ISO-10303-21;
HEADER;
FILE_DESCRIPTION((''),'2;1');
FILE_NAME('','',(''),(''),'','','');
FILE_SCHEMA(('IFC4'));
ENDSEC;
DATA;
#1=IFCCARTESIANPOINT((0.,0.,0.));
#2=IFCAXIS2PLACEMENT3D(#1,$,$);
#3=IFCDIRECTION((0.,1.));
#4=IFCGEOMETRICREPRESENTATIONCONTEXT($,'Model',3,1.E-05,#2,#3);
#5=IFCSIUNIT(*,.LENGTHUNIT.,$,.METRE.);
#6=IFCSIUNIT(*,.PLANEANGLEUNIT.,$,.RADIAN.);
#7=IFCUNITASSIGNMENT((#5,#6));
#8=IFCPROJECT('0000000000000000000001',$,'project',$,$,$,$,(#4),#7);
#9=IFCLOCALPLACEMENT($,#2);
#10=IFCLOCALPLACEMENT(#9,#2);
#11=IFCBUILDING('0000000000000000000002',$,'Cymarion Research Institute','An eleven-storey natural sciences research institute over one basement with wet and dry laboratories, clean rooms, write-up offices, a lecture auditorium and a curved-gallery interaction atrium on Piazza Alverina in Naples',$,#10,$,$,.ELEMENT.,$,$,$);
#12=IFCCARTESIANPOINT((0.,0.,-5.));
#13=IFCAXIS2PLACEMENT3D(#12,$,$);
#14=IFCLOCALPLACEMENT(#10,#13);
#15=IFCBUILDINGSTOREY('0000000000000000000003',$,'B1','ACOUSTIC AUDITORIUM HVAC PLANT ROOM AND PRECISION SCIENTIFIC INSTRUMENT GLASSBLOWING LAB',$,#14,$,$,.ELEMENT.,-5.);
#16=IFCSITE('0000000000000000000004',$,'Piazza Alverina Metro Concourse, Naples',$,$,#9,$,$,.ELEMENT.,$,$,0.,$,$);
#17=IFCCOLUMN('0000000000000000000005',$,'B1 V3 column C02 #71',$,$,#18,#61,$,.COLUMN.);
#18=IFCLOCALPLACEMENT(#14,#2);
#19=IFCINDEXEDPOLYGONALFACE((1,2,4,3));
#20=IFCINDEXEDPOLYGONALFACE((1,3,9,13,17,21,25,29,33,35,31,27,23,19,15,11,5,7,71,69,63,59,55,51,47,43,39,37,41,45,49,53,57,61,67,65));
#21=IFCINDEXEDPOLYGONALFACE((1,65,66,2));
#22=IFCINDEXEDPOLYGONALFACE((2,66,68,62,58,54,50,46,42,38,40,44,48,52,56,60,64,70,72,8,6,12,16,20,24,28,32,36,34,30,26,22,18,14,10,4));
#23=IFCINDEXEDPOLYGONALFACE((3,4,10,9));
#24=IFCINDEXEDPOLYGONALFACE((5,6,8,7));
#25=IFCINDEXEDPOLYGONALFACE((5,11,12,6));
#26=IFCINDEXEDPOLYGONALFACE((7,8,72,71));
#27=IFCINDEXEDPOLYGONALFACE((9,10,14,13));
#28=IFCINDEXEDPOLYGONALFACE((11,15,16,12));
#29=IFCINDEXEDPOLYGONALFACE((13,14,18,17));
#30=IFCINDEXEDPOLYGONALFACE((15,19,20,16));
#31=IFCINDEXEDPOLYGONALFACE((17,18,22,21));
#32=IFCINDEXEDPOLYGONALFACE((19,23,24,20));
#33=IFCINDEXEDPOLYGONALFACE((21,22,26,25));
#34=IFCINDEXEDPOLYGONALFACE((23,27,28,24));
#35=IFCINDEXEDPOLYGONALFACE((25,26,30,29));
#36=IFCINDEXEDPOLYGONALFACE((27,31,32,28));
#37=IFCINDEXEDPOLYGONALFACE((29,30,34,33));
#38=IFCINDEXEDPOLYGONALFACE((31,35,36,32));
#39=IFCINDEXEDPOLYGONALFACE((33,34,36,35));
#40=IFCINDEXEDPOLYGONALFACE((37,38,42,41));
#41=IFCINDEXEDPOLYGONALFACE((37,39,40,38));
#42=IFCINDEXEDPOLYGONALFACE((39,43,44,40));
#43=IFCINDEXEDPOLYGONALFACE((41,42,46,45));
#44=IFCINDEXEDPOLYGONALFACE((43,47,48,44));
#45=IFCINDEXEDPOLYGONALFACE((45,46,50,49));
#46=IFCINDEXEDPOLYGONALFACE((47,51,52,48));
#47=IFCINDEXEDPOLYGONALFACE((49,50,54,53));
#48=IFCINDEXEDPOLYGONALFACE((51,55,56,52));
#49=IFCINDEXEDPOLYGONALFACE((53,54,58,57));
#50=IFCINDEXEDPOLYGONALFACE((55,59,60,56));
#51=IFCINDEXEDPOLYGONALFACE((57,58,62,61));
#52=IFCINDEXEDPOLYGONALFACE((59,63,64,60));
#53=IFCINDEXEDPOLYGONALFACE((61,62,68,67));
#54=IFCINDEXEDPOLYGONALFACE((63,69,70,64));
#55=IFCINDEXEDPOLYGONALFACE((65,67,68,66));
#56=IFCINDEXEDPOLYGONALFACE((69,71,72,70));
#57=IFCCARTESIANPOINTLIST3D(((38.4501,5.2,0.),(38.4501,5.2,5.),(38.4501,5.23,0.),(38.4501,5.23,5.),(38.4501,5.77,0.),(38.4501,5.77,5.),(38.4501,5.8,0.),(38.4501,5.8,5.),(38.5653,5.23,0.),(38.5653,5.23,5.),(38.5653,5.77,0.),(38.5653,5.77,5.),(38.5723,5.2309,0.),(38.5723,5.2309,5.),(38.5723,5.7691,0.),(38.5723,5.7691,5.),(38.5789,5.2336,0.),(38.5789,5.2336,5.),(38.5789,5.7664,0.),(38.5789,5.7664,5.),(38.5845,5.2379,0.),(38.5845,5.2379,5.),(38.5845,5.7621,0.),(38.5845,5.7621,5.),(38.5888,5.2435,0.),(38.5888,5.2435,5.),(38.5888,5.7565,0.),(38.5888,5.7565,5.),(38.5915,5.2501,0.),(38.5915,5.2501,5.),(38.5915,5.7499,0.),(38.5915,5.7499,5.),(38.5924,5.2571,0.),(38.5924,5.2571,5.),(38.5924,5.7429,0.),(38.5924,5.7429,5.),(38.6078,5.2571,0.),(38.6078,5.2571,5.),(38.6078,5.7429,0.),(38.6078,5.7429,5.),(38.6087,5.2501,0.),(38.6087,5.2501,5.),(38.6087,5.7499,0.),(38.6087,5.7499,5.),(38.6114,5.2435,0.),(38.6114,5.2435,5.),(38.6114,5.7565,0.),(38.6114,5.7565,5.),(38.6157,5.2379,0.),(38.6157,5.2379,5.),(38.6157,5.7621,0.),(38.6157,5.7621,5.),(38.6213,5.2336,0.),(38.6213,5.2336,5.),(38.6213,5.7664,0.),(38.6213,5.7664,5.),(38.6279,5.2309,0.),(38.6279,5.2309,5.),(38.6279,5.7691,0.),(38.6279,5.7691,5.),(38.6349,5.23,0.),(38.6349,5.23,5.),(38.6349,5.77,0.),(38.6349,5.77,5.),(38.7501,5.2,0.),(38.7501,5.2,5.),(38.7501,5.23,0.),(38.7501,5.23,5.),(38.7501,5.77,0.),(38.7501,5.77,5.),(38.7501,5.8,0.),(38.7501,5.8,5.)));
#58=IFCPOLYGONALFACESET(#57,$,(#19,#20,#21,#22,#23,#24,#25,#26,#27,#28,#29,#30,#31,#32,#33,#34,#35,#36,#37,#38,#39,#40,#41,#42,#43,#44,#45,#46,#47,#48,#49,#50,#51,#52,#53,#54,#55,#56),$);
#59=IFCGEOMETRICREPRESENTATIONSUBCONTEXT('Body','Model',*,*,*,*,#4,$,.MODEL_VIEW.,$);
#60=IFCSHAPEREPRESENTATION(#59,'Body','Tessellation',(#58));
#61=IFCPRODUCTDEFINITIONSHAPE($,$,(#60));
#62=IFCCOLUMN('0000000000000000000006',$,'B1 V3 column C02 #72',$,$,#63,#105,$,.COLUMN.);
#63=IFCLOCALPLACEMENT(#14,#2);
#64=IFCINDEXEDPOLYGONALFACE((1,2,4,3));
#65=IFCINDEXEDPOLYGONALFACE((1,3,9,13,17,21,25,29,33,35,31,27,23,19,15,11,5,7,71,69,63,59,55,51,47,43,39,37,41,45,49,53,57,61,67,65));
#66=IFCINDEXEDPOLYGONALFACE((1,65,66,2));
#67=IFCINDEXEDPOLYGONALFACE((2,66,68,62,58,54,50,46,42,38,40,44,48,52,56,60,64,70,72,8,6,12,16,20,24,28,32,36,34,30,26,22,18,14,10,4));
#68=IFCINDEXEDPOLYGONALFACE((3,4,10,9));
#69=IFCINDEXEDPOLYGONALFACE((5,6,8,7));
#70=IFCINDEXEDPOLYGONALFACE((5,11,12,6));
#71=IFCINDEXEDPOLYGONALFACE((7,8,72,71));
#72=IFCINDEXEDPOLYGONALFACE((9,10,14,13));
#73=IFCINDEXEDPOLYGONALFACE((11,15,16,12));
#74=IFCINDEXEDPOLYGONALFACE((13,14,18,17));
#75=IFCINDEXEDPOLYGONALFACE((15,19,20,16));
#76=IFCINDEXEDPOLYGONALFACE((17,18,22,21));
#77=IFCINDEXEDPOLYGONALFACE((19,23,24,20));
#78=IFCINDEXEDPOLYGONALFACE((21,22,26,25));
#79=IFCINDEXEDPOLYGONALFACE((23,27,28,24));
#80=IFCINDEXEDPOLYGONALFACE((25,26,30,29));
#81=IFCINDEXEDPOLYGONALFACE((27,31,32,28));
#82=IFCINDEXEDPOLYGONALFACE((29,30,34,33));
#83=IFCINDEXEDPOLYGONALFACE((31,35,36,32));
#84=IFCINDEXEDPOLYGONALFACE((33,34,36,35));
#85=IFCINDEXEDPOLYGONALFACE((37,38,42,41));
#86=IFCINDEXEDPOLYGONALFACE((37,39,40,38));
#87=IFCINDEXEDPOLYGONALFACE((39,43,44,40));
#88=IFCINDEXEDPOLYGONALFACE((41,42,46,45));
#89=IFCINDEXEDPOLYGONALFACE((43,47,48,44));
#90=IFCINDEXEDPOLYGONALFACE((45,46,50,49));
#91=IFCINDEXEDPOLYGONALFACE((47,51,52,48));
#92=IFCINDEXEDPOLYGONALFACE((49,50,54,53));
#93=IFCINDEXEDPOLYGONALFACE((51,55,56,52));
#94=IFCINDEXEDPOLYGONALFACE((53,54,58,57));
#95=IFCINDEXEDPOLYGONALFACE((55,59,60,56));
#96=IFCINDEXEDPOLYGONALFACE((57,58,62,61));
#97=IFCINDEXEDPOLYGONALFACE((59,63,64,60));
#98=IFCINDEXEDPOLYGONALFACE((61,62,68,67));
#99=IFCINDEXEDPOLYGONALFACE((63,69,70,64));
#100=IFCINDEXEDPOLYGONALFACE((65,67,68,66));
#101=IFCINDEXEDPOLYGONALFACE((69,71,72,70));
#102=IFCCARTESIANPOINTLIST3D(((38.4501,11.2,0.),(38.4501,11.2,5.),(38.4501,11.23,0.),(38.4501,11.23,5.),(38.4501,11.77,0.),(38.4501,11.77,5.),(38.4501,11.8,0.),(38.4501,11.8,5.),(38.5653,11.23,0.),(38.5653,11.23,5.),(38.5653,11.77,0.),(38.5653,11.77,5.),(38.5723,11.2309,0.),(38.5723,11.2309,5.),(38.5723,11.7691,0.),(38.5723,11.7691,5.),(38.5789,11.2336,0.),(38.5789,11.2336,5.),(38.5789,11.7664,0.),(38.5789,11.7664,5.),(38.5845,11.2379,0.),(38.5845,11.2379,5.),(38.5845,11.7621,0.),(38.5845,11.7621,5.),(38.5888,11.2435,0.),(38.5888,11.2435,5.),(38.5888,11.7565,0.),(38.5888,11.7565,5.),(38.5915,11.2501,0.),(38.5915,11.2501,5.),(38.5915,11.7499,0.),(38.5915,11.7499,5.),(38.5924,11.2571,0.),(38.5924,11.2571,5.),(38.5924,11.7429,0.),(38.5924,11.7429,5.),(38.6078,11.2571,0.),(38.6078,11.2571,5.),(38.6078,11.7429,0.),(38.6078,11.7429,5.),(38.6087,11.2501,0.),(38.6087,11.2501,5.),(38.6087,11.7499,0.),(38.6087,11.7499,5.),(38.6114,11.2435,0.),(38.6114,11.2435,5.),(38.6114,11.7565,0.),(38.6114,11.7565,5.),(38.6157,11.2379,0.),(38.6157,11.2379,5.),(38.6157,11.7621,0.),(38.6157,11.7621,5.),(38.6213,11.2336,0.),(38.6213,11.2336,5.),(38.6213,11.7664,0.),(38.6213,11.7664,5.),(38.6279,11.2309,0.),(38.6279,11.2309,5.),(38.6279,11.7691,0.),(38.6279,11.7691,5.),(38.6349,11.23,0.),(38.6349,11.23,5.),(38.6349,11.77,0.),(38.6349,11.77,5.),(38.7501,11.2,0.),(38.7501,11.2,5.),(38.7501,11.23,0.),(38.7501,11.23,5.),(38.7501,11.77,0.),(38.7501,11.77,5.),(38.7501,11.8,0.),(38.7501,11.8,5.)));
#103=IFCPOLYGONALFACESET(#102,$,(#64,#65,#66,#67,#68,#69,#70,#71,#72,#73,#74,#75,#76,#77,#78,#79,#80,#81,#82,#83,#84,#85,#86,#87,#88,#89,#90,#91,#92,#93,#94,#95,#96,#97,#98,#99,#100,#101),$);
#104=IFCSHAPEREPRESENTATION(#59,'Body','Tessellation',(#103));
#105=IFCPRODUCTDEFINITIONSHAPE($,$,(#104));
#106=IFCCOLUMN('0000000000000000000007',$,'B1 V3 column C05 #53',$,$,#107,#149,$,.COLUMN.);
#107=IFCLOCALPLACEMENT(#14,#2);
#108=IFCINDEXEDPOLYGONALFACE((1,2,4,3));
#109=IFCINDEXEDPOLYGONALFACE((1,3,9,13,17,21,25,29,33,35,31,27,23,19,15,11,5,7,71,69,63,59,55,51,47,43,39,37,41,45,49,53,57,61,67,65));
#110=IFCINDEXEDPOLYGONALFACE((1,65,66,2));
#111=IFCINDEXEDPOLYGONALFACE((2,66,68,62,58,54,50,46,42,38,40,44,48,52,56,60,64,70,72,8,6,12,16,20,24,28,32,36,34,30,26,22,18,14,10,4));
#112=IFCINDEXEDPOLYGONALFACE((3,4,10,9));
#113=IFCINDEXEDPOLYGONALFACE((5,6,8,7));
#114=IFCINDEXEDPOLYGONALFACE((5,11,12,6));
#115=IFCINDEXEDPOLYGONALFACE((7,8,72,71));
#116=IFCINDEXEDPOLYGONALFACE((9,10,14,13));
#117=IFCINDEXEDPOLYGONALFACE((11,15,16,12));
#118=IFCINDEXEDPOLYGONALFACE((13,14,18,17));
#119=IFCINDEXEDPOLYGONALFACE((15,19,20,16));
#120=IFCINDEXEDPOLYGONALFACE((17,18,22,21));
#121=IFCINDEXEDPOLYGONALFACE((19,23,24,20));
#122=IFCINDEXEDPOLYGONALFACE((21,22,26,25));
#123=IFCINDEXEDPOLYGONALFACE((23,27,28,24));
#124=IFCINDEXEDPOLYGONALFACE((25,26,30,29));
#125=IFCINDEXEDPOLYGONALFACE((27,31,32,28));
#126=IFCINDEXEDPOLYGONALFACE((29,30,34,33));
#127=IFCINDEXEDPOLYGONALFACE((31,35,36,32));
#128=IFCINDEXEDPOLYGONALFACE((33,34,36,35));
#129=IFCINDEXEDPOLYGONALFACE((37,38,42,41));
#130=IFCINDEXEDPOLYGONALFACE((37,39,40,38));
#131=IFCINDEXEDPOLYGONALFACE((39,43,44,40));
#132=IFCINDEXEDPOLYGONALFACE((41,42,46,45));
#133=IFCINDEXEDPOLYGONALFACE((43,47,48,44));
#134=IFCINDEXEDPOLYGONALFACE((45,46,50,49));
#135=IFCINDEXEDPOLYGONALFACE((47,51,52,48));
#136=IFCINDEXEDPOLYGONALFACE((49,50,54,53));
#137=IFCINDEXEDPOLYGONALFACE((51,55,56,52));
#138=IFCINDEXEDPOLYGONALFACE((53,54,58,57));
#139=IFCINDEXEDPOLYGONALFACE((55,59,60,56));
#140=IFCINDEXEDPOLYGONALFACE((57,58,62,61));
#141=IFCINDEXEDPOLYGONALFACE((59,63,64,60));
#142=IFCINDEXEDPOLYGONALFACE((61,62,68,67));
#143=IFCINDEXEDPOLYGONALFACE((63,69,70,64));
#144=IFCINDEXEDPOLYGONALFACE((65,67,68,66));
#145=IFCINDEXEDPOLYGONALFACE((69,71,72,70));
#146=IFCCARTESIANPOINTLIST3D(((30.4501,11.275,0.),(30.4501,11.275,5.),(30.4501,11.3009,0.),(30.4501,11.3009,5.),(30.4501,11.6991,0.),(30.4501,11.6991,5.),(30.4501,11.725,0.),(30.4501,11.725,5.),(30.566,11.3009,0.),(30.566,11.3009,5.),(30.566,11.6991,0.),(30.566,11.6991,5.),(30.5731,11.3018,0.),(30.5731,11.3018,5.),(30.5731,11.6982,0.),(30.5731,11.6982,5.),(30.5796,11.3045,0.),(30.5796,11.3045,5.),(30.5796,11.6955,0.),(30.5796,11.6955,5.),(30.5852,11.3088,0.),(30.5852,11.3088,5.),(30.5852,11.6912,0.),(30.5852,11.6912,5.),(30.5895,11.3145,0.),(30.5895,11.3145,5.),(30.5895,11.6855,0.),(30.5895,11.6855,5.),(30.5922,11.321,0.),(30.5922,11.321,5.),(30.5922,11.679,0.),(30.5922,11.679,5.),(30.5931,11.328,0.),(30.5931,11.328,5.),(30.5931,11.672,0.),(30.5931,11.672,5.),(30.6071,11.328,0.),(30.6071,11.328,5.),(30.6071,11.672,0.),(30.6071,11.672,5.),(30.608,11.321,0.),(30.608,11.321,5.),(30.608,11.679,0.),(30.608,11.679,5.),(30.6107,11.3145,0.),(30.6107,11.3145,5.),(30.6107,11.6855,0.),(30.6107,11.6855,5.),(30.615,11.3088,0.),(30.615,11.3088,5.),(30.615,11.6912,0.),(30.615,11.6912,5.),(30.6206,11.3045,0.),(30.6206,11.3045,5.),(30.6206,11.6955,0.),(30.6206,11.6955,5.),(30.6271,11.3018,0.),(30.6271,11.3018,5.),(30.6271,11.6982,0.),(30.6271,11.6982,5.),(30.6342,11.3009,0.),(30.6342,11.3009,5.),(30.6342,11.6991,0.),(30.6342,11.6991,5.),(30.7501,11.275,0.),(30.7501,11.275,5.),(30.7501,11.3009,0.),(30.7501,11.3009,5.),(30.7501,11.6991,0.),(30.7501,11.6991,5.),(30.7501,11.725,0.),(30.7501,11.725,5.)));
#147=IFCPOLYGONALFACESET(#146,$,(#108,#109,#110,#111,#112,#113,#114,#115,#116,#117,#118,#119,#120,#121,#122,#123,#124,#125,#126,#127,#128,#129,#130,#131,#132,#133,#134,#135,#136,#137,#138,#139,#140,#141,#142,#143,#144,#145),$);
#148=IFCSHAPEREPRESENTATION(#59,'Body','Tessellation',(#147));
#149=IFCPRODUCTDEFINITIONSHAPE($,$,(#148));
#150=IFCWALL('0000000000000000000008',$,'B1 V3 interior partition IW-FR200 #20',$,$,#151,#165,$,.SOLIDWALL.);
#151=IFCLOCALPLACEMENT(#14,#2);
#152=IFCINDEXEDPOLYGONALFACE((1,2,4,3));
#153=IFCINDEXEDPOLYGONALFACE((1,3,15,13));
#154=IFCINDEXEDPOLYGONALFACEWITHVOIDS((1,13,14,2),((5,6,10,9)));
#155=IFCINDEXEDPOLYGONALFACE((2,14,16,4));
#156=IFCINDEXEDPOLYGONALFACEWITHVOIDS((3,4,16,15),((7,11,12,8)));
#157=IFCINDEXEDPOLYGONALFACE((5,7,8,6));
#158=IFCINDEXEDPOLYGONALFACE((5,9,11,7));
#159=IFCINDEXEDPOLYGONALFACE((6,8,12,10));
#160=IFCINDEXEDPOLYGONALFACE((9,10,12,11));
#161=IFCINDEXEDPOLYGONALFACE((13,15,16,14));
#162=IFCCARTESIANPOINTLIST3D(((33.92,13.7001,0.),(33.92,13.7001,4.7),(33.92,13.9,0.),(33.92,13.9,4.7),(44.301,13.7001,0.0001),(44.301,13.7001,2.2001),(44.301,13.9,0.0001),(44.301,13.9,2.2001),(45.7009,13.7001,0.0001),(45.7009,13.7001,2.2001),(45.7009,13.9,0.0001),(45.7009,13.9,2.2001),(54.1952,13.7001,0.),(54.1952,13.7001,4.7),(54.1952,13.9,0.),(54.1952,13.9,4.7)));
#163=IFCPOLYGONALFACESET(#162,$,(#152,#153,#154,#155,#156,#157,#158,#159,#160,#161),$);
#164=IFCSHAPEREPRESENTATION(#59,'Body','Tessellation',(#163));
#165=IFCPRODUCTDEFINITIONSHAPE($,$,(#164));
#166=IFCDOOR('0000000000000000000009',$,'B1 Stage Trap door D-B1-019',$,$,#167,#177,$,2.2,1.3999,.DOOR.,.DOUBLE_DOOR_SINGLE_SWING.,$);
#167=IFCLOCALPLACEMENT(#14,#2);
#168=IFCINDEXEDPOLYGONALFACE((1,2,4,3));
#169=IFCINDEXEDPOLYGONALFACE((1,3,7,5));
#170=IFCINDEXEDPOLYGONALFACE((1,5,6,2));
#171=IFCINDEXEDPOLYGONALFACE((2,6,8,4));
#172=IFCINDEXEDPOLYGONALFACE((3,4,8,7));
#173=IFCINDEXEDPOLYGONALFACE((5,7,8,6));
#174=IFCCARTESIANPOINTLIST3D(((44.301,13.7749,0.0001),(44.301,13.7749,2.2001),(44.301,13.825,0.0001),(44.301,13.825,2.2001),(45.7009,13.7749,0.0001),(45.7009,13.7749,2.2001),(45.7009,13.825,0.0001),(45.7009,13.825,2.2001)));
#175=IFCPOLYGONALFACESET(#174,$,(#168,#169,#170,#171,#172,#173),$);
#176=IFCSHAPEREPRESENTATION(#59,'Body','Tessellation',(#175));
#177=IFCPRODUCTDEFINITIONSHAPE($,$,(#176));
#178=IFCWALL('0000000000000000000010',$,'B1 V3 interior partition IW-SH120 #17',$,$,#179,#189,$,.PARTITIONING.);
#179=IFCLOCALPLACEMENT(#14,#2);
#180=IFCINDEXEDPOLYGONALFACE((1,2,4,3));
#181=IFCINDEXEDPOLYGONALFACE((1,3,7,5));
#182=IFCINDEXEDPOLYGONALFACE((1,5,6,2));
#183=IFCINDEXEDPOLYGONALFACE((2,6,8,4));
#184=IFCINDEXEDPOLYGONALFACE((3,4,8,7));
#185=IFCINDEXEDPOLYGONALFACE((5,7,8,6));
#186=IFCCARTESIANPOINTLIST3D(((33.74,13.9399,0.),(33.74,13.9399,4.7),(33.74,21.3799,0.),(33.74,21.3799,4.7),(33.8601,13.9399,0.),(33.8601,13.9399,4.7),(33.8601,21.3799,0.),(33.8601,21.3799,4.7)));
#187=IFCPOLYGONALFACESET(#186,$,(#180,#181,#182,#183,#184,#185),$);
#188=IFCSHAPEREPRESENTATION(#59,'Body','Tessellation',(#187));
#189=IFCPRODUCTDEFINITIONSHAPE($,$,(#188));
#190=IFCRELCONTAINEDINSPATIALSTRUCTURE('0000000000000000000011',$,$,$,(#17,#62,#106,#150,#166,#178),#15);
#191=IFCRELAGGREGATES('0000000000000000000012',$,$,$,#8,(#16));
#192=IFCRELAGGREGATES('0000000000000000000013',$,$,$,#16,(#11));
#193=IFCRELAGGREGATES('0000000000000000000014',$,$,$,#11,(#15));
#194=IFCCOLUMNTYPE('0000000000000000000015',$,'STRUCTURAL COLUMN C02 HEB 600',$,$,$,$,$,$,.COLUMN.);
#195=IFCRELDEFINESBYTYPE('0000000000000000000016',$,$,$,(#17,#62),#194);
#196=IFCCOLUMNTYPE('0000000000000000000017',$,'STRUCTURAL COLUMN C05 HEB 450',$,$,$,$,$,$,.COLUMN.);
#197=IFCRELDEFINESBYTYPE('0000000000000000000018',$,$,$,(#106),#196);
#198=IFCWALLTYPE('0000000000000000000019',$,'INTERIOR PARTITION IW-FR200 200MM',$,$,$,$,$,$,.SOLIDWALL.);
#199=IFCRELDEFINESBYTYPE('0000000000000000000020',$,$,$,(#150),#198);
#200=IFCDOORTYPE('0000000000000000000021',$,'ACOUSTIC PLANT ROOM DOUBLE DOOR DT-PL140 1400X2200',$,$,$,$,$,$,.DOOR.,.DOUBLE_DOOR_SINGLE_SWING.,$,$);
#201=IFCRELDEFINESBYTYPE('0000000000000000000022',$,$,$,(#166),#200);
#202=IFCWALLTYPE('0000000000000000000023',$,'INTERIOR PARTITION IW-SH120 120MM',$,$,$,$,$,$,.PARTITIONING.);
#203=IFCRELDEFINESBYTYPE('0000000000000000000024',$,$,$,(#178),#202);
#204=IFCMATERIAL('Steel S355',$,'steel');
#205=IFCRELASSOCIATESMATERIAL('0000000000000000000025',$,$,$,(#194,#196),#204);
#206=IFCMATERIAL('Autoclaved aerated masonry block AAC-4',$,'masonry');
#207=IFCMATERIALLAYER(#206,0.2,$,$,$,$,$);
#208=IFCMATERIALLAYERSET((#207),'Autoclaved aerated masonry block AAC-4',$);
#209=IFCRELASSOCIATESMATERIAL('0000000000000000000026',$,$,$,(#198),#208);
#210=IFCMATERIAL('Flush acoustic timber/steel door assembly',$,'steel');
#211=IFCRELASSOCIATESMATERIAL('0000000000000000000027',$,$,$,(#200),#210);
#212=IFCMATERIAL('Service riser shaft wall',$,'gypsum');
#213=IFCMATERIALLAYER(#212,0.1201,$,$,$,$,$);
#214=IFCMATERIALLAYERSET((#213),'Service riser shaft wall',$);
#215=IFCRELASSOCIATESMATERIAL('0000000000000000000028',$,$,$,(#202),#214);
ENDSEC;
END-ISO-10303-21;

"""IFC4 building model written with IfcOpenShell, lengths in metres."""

from ifc_helpers import new_model, si_unit, direction, frame, frame_2d, origin, origin_2d, place, context, subcontext, project, spatial, rectangle, i_section, extrude, material, layer, layer_set, material_profile, profile_set, type_object, element, fill, save


model = new_model("IFC4")

# Units and contexts
model_context = context("Model", 3, precision=1e-05, world=origin(), true_north=direction((0.0, 1.0)))
body_context = subcontext(model_context, "Body", "Model", "MODEL_VIEW")
ifc_project = project(units=[si_unit("LENGTHUNIT", "METRE"), si_unit("PLANEANGLEUNIT", "RADIAN")], contexts=[model_context])

# Site, building, storey
site_placement = place(None, origin())
site = spatial("IfcSite", under=ifc_project, at=site_placement, Name="Piazza Alverina Metro Concourse, Naples", CompositionType="ELEMENT", RefElevation=0.0)
building_placement = place(site_placement, origin())
building = spatial("IfcBuilding", under=site, at=building_placement, Name="Cymarion Research Institute", Description="An eleven-storey natural sciences research institute over one basement with wet and dry laboratories, clean rooms, write-up offices, a lecture auditorium and a curved-gallery interaction atrium on Piazza Alverina in Naples", CompositionType="ELEMENT")
storey_placement = place(building_placement, frame((0.0, 0.0, -5.0)))
storey = spatial("IfcBuildingStorey", under=building, at=storey_placement, Name="B1", Description="ACOUSTIC AUDITORIUM HVAC PLANT ROOM AND PRECISION SCIENTIFIC INSTRUMENT GLASSBLOWING LAB", CompositionType="ELEMENT", Elevation=-5.0)

# Columns
ifc_material_1 = material(Name="Steel S355", Category="steel")
ifc_material_profile_1 = material_profile(ifc_material_1, i_section(OverallWidth=0.3, OverallDepth=0.6001, WebThickness=0.0154, FlangeThickness=0.03, FilletRadius=0.0271, at=origin_2d()), Name="HEB 600")
ifc_profile_set_1 = profile_set([ifc_material_profile_1], Name="Steel S355")
column_type_1 = type_object("IfcColumnType", Name="STRUCTURAL COLUMN C02 HEB 600", PredefinedType="COLUMN", material=ifc_profile_set_1)
for number, where, z_axis, x_axis, name in (
    (1, (38.6001, 5.5, 0.0), (0.0, 0.0, 1.0), (1.0, 0.0, 0.0), "B1 V3 column C02 #71"),
    (2, (38.6001, 11.5, 0.0), (0.0, 0.0, 1.0), (1.0, 0.0, 0.0), "B1 V3 column C02 #72"),
):
    element("IfcColumn", number, at=place(storey_placement, frame(where, z_axis=z_axis, x_axis=x_axis)), inside=storey, type_object=column_type_1, Name=name, PredefinedType="COLUMN", context=body_context, shape_type="SweptSolid", body=[
        extrude(i_section(OverallWidth=0.3, OverallDepth=0.6001, WebThickness=0.0154, FlangeThickness=0.03, FilletRadius=0.0271, at=origin_2d()), origin(), (0.0, 0.0, 1.0), 5.0),
    ])
ifc_material_profile_2 = material_profile(ifc_material_1, i_section(OverallWidth=0.3, OverallDepth=0.45, WebThickness=0.0139, FlangeThickness=0.0259, FilletRadius=0.0271, at=origin_2d()), Name="HEB 450")
ifc_profile_set_2 = profile_set([ifc_material_profile_2], Name="Steel S355")
column_type_2 = type_object("IfcColumnType", Name="STRUCTURAL COLUMN C05 HEB 450", PredefinedType="COLUMN", material=ifc_profile_set_2)
column_placement = place(storey_placement, frame((30.6001, 11.5, 0.0), z_axis=(0.0, 0.0, 1.0), x_axis=(1.0, 0.0, 0.0)))
element("IfcColumn", 3, at=column_placement, inside=storey, type_object=column_type_2, Name="B1 V3 column C05 #53", PredefinedType="COLUMN", context=body_context, shape_type="SweptSolid", body=[
    extrude(i_section(OverallWidth=0.3, OverallDepth=0.45, WebThickness=0.0139, FlangeThickness=0.0259, FilletRadius=0.0271, at=origin_2d()), origin(), (0.0, 0.0, 1.0), 5.0),
])

# Wall, opening, door
ifc_material_2 = material(Name="Autoclaved aerated masonry block AAC-4", Category="masonry")
ifc_layer_1 = layer(ifc_material_2, 0.2)
ifc_layer_set_1 = layer_set([ifc_layer_1], Name="Autoclaved aerated masonry block AAC-4")
wall_type_1 = type_object("IfcWallType", Name="INTERIOR PARTITION IW-FR200 200MM", PredefinedType="SOLIDWALL", material=ifc_layer_set_1)
wall_1_placement = place(storey_placement, frame((33.9199, 13.8, 0.0), z_axis=(0.0, 0.0, 1.0), x_axis=(1.0, 0.0, 0.0)))
wall_1 = element("IfcWall", 4, at=wall_1_placement, inside=storey, type_object=wall_type_1, Name="B1 V3 interior partition IW-FR200 #20", PredefinedType="SOLIDWALL", context=body_context, shape_type="SweptSolid", body=[
    extrude(rectangle(XDim=20.2751, YDim=0.2, at=frame_2d((10.1377, 0.0))), origin(), (0.0, 0.0, 1.0), 4.7),
])
opening_placement = place(wall_1_placement, frame((10.3811, 0.0, 0.0)))
opening = element("IfcOpeningElement", 5, at=opening_placement, cuts=wall_1, PredefinedType="OPENING", context=body_context, shape_type="SweptSolid", body=[
    extrude(rectangle(XDim=1.3999, YDim=2.2, at=frame_2d((0.7, 1.1001))), frame((0.0, 0.1099, 0.0), z_axis=(0.0, -1.0, 0.0), x_axis=(1.0, 0.0, 0.0)), (0.0, 0.0, 1.0), 0.22),
])
ifc_material_3 = material(Name="Flush acoustic timber/steel door assembly", Category="steel")
door_type = type_object("IfcDoorType", Name="ACOUSTIC PLANT ROOM DOUBLE DOOR DT-PL140 1400X2200", OperationType="DOUBLE_DOOR_SINGLE_SWING", PredefinedType="DOOR", material=ifc_material_3)
door_placement = place(opening_placement, origin())
door = element("IfcDoor", 6, at=door_placement, inside=storey, type_object=door_type, Name="B1 Stage Trap door D-B1-019", OperationType="DOUBLE_DOOR_SINGLE_SWING", OverallHeight=2.2, OverallWidth=1.3999, PredefinedType="DOOR", context=body_context, shape_type="SweptSolid", body=[
    extrude(rectangle(XDim=1.3999, YDim=2.2, at=frame_2d((0.7, 1.1001))), frame((0.0, 0.0249, 0.0), z_axis=(0.0, -1.0, 0.0), x_axis=(1.0, 0.0, 0.0)), (0.0, 0.0, 1.0), 0.05),
])
fill(opening, door)

# Wall
ifc_material_4 = material(Name="Service riser shaft wall", Category="gypsum")
ifc_layer_2 = layer(ifc_material_4, 0.1201)
ifc_layer_set_2 = layer_set([ifc_layer_2], Name="Service riser shaft wall")
wall_type_2 = type_object("IfcWallType", Name="INTERIOR PARTITION IW-SH120 120MM", PredefinedType="PARTITIONING", material=ifc_layer_set_2)
wall_2_placement = place(storey_placement, frame((33.8, 13.9399, 0.0), z_axis=(0.0, 0.0, 1.0), x_axis=(0.0, 1.0, 0.0)))
element("IfcWall", 7, at=wall_2_placement, inside=storey, type_object=wall_type_2, Name="B1 V3 interior partition IW-SH120 #17", PredefinedType="PARTITIONING", context=body_context, shape_type="SweptSolid", body=[
    extrude(rectangle(XDim=7.4399, YDim=0.1201, at=frame_2d((3.72, 0.0))), origin(), (0.0, 0.0, 1.0), 4.7),
])

save(model, "model.ifc")
